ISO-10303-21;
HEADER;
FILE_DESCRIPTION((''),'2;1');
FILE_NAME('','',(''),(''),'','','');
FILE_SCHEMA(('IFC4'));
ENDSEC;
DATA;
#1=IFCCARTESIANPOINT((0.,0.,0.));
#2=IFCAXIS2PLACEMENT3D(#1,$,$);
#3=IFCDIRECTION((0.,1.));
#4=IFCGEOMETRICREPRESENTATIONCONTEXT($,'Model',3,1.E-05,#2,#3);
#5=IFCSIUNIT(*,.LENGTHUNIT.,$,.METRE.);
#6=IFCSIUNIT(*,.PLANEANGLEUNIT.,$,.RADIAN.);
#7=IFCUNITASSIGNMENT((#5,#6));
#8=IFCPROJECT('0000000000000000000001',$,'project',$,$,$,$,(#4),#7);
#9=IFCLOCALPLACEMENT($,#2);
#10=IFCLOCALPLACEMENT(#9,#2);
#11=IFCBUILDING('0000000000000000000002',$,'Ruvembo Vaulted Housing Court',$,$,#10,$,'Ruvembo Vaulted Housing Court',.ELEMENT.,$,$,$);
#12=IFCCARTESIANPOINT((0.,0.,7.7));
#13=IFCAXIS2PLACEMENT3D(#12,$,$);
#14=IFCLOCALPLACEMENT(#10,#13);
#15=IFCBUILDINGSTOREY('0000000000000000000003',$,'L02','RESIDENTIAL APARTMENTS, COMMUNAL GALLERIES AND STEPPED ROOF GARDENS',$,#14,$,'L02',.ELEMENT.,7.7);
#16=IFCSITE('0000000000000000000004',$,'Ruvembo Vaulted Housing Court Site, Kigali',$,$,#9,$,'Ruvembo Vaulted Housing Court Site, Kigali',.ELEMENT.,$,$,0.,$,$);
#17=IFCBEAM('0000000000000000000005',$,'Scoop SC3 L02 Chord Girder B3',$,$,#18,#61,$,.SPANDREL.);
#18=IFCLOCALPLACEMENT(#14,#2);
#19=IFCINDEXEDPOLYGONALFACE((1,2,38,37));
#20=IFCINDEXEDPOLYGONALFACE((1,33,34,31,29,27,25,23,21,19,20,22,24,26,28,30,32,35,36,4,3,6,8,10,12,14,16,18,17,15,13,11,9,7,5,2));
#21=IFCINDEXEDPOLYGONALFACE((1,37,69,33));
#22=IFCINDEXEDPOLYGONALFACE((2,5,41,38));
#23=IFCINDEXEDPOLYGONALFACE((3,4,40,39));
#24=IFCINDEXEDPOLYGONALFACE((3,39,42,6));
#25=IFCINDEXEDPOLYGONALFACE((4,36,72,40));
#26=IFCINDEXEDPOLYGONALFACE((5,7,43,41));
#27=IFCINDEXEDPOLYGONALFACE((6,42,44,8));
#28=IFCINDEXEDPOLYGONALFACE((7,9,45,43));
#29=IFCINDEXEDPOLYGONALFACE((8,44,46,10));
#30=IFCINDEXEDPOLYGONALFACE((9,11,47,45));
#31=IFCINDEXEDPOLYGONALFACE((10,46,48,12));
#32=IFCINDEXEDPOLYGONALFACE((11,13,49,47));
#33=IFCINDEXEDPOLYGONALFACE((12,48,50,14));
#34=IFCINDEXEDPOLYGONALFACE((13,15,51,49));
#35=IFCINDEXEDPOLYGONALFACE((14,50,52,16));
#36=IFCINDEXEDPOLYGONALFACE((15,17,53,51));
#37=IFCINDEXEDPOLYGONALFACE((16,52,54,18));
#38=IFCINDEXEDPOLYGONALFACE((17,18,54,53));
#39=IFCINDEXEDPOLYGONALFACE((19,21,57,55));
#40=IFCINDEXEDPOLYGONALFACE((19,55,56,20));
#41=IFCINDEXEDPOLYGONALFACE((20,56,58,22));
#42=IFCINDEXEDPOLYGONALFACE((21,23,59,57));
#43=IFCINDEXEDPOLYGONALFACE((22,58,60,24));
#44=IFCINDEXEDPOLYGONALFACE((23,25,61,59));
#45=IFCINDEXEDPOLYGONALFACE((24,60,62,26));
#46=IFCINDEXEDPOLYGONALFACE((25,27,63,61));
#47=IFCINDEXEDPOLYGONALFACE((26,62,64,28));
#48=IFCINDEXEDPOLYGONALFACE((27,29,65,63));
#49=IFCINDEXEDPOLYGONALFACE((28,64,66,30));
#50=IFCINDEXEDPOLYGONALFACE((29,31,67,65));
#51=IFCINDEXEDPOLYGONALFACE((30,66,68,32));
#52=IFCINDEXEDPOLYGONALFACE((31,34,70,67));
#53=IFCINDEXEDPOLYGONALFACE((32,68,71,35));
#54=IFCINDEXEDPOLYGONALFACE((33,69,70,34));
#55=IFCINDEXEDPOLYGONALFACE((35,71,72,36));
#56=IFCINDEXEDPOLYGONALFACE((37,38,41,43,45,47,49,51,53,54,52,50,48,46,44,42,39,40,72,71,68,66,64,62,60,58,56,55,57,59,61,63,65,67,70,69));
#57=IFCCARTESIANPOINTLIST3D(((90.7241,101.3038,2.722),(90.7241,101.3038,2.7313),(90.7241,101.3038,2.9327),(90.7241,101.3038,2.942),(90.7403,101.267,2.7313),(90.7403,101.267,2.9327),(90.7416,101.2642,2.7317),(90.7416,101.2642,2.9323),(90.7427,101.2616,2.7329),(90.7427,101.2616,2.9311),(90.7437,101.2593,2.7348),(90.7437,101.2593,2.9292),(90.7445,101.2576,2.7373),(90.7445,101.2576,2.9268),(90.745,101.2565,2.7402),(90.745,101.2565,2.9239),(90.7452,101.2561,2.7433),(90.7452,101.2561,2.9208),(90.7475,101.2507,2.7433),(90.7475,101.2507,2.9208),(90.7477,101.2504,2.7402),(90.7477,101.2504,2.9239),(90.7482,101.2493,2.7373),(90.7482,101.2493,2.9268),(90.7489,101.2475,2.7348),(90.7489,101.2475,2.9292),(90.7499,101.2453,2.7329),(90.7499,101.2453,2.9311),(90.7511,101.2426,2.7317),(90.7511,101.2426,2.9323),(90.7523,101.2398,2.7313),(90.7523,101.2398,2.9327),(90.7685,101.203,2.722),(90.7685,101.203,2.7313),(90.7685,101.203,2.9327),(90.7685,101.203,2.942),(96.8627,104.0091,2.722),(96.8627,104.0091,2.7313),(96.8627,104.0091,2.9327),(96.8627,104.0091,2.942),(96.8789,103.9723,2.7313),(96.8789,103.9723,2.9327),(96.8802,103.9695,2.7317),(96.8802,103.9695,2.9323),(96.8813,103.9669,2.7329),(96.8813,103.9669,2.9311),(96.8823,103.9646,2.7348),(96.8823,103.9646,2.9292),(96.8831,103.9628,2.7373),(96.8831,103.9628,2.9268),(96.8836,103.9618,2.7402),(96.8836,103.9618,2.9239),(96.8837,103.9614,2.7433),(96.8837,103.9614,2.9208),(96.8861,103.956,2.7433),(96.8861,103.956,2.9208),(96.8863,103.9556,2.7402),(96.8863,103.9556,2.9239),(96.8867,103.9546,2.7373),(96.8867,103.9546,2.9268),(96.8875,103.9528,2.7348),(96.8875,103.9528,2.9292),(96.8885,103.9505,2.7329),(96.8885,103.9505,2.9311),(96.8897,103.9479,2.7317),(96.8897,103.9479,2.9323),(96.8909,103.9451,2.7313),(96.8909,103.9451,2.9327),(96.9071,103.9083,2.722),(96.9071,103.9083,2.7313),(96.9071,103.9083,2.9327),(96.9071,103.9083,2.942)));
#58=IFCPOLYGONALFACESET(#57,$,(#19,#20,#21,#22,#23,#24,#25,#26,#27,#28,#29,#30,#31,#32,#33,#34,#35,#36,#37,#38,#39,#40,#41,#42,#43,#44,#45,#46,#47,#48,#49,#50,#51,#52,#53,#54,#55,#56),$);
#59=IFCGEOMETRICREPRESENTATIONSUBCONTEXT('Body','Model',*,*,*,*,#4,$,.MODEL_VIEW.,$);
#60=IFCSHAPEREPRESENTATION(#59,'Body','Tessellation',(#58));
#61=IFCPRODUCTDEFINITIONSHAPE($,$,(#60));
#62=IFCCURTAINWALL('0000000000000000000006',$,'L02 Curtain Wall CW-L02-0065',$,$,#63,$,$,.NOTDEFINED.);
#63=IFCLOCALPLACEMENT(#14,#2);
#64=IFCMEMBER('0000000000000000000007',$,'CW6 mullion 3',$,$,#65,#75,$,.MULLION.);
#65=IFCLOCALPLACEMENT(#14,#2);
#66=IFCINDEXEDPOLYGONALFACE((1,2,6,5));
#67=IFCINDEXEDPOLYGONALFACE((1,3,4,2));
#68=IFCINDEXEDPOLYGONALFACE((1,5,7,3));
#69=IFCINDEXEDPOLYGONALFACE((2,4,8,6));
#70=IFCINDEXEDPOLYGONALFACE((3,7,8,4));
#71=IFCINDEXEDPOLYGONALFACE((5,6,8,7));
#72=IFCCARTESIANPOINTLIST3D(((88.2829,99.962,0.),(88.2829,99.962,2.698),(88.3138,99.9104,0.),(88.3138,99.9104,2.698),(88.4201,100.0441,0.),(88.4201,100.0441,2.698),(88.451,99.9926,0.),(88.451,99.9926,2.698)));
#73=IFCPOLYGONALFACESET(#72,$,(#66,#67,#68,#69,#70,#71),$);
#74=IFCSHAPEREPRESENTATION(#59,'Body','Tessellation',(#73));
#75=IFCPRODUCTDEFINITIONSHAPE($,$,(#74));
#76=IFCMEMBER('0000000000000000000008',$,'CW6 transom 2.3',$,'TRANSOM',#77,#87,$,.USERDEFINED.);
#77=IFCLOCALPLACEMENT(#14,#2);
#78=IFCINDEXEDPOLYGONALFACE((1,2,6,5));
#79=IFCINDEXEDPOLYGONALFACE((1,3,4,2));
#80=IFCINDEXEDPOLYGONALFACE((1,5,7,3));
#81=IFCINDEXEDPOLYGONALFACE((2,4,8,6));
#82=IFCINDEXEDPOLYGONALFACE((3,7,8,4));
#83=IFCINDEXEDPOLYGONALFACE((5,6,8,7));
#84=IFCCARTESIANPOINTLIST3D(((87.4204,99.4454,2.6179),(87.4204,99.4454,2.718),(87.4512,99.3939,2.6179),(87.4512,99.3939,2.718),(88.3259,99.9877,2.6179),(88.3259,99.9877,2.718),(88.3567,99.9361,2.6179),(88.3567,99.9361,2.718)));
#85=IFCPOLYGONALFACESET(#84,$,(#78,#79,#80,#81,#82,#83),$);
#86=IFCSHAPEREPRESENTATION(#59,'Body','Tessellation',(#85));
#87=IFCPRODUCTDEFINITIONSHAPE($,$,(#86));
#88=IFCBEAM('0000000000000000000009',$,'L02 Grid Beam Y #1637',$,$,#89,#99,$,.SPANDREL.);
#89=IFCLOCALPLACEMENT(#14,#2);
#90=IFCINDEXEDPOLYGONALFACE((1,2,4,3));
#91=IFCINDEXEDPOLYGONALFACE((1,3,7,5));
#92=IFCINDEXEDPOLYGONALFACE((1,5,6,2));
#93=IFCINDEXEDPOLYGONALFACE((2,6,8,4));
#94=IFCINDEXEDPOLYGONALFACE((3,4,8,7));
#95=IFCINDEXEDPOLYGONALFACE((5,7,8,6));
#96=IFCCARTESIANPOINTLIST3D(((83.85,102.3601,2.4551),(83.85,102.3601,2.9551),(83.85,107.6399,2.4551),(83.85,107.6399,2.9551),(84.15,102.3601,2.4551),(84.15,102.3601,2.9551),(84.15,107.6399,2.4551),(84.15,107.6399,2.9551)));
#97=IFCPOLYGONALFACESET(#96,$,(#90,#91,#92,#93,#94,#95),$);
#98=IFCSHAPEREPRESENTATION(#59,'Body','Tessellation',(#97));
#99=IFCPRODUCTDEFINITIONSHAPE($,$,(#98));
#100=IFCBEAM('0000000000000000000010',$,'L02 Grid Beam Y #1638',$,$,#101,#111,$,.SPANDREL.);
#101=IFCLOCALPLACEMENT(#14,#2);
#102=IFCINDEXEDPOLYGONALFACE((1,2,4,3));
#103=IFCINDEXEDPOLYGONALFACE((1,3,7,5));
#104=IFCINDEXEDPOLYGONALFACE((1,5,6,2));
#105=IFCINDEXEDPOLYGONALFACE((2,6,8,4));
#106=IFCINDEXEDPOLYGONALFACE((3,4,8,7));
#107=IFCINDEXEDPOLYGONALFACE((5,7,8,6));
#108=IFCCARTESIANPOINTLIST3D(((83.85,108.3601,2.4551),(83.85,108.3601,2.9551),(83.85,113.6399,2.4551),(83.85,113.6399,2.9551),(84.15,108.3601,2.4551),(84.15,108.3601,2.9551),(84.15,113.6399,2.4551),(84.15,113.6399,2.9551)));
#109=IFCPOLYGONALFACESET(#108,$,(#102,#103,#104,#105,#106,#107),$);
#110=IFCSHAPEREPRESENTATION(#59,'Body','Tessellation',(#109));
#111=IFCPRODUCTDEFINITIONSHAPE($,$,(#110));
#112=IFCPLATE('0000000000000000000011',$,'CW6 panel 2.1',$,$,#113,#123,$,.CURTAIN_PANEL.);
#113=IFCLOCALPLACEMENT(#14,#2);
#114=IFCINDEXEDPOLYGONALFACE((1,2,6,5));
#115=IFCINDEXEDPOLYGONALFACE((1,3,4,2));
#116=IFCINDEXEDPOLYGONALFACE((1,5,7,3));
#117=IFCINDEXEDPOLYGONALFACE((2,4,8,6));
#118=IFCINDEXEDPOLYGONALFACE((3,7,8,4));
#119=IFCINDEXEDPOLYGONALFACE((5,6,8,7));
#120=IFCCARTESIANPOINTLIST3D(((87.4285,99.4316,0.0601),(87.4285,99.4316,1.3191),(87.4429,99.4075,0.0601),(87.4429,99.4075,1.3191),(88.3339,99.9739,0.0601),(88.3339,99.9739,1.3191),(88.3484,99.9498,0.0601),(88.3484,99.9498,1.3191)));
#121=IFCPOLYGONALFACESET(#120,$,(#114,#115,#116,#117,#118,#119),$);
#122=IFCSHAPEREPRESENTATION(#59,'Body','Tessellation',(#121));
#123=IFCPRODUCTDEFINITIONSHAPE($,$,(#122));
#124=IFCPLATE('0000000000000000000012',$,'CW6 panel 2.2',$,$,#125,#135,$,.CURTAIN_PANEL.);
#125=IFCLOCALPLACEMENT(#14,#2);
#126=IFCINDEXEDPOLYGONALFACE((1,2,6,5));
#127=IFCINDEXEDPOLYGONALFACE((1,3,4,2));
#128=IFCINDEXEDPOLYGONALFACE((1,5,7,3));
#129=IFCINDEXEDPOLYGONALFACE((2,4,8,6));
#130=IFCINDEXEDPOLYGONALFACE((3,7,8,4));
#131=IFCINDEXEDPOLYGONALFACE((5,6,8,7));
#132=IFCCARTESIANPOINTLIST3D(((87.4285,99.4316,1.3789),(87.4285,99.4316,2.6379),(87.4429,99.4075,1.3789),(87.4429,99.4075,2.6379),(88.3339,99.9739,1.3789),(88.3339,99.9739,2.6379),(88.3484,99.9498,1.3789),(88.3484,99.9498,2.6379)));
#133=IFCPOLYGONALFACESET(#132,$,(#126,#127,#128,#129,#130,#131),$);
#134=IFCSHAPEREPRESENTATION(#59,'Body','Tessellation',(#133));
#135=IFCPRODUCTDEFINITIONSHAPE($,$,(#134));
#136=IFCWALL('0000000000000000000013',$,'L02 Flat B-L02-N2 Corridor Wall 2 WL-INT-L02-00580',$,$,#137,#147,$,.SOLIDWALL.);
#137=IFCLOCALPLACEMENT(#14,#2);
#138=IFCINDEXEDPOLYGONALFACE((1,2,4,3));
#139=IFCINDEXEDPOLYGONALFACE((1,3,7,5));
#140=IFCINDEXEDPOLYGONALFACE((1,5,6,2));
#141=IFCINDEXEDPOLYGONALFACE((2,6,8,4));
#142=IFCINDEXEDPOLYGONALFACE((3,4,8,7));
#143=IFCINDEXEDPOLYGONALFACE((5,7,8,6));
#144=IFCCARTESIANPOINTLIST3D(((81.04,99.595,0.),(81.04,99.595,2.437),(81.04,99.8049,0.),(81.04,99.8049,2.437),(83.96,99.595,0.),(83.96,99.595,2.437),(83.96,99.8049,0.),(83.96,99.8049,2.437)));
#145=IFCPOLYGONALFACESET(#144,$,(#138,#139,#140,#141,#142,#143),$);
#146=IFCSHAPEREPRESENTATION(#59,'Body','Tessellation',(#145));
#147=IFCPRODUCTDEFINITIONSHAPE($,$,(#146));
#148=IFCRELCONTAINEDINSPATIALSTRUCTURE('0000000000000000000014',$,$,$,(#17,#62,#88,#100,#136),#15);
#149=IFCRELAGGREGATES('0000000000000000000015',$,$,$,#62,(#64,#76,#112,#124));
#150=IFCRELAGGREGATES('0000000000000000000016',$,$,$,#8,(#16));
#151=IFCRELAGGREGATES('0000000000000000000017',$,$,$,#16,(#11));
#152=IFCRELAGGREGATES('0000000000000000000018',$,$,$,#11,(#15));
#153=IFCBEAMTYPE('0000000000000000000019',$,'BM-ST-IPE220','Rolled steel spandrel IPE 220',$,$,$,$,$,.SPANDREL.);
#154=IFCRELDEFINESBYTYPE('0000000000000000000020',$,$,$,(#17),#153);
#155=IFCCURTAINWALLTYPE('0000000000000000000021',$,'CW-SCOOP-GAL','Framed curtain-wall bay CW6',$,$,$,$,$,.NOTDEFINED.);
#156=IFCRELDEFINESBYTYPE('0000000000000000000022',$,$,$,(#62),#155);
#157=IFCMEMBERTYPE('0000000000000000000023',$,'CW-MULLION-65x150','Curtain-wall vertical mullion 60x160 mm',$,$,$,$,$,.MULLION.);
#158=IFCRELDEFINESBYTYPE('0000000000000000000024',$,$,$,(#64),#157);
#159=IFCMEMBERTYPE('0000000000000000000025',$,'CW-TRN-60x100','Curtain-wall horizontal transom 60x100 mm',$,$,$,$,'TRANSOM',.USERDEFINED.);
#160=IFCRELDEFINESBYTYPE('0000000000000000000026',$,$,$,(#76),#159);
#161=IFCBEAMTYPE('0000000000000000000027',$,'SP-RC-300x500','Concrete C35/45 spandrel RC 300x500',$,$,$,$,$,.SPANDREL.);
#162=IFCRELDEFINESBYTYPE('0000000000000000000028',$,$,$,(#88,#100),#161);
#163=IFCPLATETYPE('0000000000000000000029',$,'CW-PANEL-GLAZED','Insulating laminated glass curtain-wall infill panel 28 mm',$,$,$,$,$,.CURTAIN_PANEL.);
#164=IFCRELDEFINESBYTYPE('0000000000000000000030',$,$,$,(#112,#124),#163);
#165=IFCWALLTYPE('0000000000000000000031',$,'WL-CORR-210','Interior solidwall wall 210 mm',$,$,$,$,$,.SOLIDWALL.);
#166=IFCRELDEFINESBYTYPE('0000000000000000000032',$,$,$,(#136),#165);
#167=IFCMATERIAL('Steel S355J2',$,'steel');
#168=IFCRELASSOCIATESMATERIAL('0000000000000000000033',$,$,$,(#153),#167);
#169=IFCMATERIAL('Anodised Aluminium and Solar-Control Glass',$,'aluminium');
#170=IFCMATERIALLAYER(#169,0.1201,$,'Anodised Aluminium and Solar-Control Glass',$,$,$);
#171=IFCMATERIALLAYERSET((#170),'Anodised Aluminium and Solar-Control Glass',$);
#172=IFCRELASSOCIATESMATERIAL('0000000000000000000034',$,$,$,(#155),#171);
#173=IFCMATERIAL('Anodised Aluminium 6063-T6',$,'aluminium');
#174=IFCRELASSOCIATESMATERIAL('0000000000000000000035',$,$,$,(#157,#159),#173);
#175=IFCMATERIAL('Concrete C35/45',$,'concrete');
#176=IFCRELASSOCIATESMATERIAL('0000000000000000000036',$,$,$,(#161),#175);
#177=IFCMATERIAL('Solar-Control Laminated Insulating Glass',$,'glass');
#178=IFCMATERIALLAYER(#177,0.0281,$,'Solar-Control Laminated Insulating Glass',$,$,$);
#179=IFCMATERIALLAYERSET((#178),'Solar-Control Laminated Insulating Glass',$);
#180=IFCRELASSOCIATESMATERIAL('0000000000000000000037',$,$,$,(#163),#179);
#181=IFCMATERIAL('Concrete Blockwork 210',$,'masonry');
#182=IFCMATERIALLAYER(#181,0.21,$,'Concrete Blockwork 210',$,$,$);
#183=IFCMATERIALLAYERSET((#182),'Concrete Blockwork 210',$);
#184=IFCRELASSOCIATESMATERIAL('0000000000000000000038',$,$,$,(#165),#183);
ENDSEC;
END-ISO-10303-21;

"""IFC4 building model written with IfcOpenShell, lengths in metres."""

from ifc_helpers import new_model, si_unit, direction, frame, frame_2d, origin, origin_2d, place, context, subcontext, project, spatial, rectangle, i_section, extrude, material, layer, layer_set, material_profile, profile_set, type_object, element, aggregate, save


model = new_model("IFC4")

# Units and contexts
model_context = context("Model", 3, precision=1e-05, world=origin(), true_north=direction((0.0, 1.0)))
body_context = subcontext(model_context, "Body", "Model", "MODEL_VIEW")
ifc_project = project(units=[si_unit("LENGTHUNIT", "METRE"), si_unit("PLANEANGLEUNIT", "RADIAN")], contexts=[model_context])

# Site, building, storey
site_placement = place(None, origin())
site = spatial("IfcSite", under=ifc_project, at=site_placement, Name="Ruvembo Vaulted Housing Court Site, Kigali", LongName="Ruvembo Vaulted Housing Court Site, Kigali", CompositionType="ELEMENT", RefElevation=0.0)
building_placement = place(site_placement, origin())
building = spatial("IfcBuilding", under=site, at=building_placement, Name="Ruvembo Vaulted Housing Court", LongName="Ruvembo Vaulted Housing Court", CompositionType="ELEMENT")
storey_placement = place(building_placement, frame((0.0, 0.0, 7.7)))
storey = spatial("IfcBuildingStorey", under=building, at=storey_placement, Name="L02", Description="RESIDENTIAL APARTMENTS, COMMUNAL GALLERIES AND STEPPED ROOF GARDENS", LongName="L02", CompositionType="ELEMENT", Elevation=7.7)

# Beam
ifc_material_1 = material(Name="Steel S355J2", Category="steel")
ifc_material_profile_1 = material_profile(ifc_material_1, i_section(OverallWidth=0.1101, OverallDepth=0.22, WebThickness=0.0059, FlangeThickness=0.0093, FilletRadius=0.012, at=origin_2d()), Name="IPE 220")
ifc_profile_set_1 = profile_set([ifc_material_profile_1], Name="Steel S355J2")
beam_type_1 = type_object("IfcBeamType", Name="BM-ST-IPE220", Description="Rolled steel spandrel IPE 220", PredefinedType="SPANDREL", material=ifc_profile_set_1)
beam_1_placement = place(storey_placement, frame((90.7463, 101.2534, 2.832), z_axis=(0.915078, 0.403276, 0.0), x_axis=(-0.403276, 0.915078, 0.0)))
element("IfcBeam", 1, at=beam_1_placement, inside=storey, type_object=beam_type_1, Name="Scoop SC3 L02 Chord Girder B3", PredefinedType="SPANDREL", context=body_context, shape_type="SweptSolid", body=[
    extrude(i_section(OverallWidth=0.1101, OverallDepth=0.22, WebThickness=0.0059, FlangeThickness=0.0093, FilletRadius=0.012, at=origin_2d()), origin(), (0.0, 0.0, 1.0), 6.7083),
])

# Curtain wall, members
ifc_material_2 = material(Name="Anodised Aluminium and Solar-Control Glass", Category="aluminium")
ifc_layer_1 = layer(ifc_material_2, 0.1201, Name="Anodised Aluminium and Solar-Control Glass")
ifc_layer_set_1 = layer_set([ifc_layer_1], Name="Anodised Aluminium and Solar-Control Glass")
curtain_wall_type = type_object("IfcCurtainWallType", Name="CW-SCOOP-GAL", Description="Framed curtain-wall bay CW6", PredefinedType="NOTDEFINED", material=ifc_layer_set_1)
curtain_wall_placement = place(storey_placement, origin())
curtain_wall = element("IfcCurtainWall", 2, at=curtain_wall_placement, inside=storey, type_object=curtain_wall_type, Name="L02 Curtain Wall CW-L02-0065", PredefinedType="NOTDEFINED")
ifc_material_3 = material(Name="Anodised Aluminium 6063-T6", Category="aluminium")
ifc_material_profile_2 = material_profile(ifc_material_3, rectangle(XDim=0.0601, YDim=0.1599, at=origin_2d()), Name="ALU 60x160")
ifc_profile_set_2 = profile_set([ifc_material_profile_2], Name="Anodised Aluminium 6063-T6")
member_type_1 = type_object("IfcMemberType", Name="CW-MULLION-65x150", Description="Curtain-wall vertical mullion 60x160 mm", PredefinedType="MULLION", material=ifc_profile_set_2)
member_1_placement = place(storey_placement, frame((88.3669, 99.9773, 0.0), z_axis=(0.0, 0.0, 1.0), x_axis=(-0.513828, 0.857893, 0.0)))
member_1 = element("IfcMember", 3, at=member_1_placement, type_object=member_type_1, Name="CW6 mullion 3", PredefinedType="MULLION", context=body_context, shape_type="SweptSolid", body=[
    extrude(rectangle(XDim=0.0601, YDim=0.1599, at=origin_2d()), origin(), (0.0, 0.0, 1.0), 2.698),
])
ifc_material_profile_3 = material_profile(ifc_material_3, rectangle(XDim=0.0601, YDim=0.1001, at=origin_2d()), Name="ALU 60x100")
ifc_profile_set_3 = profile_set([ifc_material_profile_3], Name="Anodised Aluminium 6063-T6")
member_type_2 = type_object("IfcMemberType", Name="CW-TRN-60x100", Description="Curtain-wall horizontal transom 60x100 mm", ElementType="TRANSOM", PredefinedType="USERDEFINED", material=ifc_profile_set_3)
member_2_placement = place(storey_placement, frame((87.4358, 99.4197, 2.668), z_axis=(0.857942, 0.513747, 0.0), x_axis=(-0.513747, 0.857942, 0.0)))
member_2 = element("IfcMember", 4, at=member_2_placement, type_object=member_type_2, Name="CW6 transom 2.3", ObjectType="TRANSOM", PredefinedType="USERDEFINED", context=body_context, shape_type="SweptSolid", body=[
    extrude(rectangle(XDim=0.0601, YDim=0.1001, at=origin_2d()), origin(), (0.0, 0.0, 1.0), 1.0554),
])

# Beams
ifc_material_4 = material(Name="Concrete C35/45", Category="concrete")
ifc_material_profile_4 = material_profile(ifc_material_4, rectangle(XDim=0.3, YDim=0.5, at=origin_2d()), Name="RC 300x500")
ifc_profile_set_4 = profile_set([ifc_material_profile_4], Name="Concrete C35/45")
beam_type_2 = type_object("IfcBeamType", Name="SP-RC-300x500", Description="Concrete C35/45 spandrel RC 300x500", PredefinedType="SPANDREL", material=ifc_profile_set_4)
for number, where, z_axis, x_axis, name in (
    (5, (84.0, 102.3601, 2.7051), (0.0, 1.0, 0.0), (-1.0, 0.0, 0.0), "L02 Grid Beam Y #1637"),
    (6, (84.0, 108.3601, 2.7051), (0.0, 1.0, 0.0), (-1.0, 0.0, 0.0), "L02 Grid Beam Y #1638"),
):
    element("IfcBeam", number, at=place(storey_placement, frame(where, z_axis=z_axis, x_axis=x_axis)), inside=storey, type_object=beam_type_2, Name=name, PredefinedType="SPANDREL", context=body_context, shape_type="SweptSolid", body=[
        extrude(rectangle(XDim=0.3, YDim=0.5, at=origin_2d()), origin(), (0.0, 0.0, 1.0), 5.2798),
    ])

# Plates
ifc_material_5 = material(Name="Solar-Control Laminated Insulating Glass", Category="glass")
ifc_layer_2 = layer(ifc_material_5, 0.0281, Name="Solar-Control Laminated Insulating Glass")
ifc_layer_set_2 = layer_set([ifc_layer_2], Name="Solar-Control Laminated Insulating Glass")
plate_type = type_object("IfcPlateType", Name="CW-PANEL-GLAZED", Description="Insulating laminated glass curtain-wall infill panel 28 mm", PredefinedType="CURTAIN_PANEL", material=ifc_layer_set_2)
plate_1_placement = place(storey_placement, frame((87.8884, 99.6907, 0.0601), z_axis=(0.0, 0.0, 1.0), x_axis=(0.857893, 0.513828, 0.0)))
plate_1 = element("IfcPlate", 7, at=plate_1_placement, type_object=plate_type, Name="CW6 panel 2.1", PredefinedType="CURTAIN_PANEL", context=body_context, shape_type="SweptSolid", body=[
    extrude(rectangle(XDim=1.0554, YDim=0.0281, at=origin_2d()), origin(), (0.0, 0.0, 1.0), 1.259),
])
plate_2_placement = place(storey_placement, frame((87.8884, 99.6907, 1.3789), z_axis=(0.0, 0.0, 1.0), x_axis=(0.857893, 0.513828, 0.0)))
plate_2 = element("IfcPlate", 8, at=plate_2_placement, type_object=plate_type, Name="CW6 panel 2.2", PredefinedType="CURTAIN_PANEL", context=body_context, shape_type="SweptSolid", body=[
    extrude(rectangle(XDim=1.0554, YDim=0.0281, at=origin_2d()), origin(), (0.0, 0.0, 1.0), 1.259),
])
aggregate(curtain_wall, [member_1, member_2, plate_1, plate_2])

# Wall
ifc_material_6 = material(Name="Concrete Blockwork 210", Category="masonry")
ifc_layer_3 = layer(ifc_material_6, 0.21, Name="Concrete Blockwork 210")
ifc_layer_set_3 = layer_set([ifc_layer_3], Name="Concrete Blockwork 210")
wall_type_1 = type_object("IfcWallType", Name="WL-CORR-210", Description="Interior solidwall wall 210 mm", PredefinedType="SOLIDWALL", material=ifc_layer_set_3)
wall_1_placement = place(storey_placement, frame((81.04, 99.7, 0.0), z_axis=(0.0, 0.0, 1.0), x_axis=(1.0, 0.0, 0.0)))
element("IfcWall", 9, at=wall_1_placement, inside=storey, type_object=wall_type_1, Name="L02 Flat B-L02-N2 Corridor Wall 2 WL-INT-L02-00580", PredefinedType="SOLIDWALL", context=body_context, shape_type="SweptSolid", body=[
    extrude(rectangle(XDim=2.9199, YDim=0.21, at=frame_2d((1.46, 0.0))), origin(), (0.0, 0.0, 1.0), 2.437),
])

save(model, "model.ifc")
